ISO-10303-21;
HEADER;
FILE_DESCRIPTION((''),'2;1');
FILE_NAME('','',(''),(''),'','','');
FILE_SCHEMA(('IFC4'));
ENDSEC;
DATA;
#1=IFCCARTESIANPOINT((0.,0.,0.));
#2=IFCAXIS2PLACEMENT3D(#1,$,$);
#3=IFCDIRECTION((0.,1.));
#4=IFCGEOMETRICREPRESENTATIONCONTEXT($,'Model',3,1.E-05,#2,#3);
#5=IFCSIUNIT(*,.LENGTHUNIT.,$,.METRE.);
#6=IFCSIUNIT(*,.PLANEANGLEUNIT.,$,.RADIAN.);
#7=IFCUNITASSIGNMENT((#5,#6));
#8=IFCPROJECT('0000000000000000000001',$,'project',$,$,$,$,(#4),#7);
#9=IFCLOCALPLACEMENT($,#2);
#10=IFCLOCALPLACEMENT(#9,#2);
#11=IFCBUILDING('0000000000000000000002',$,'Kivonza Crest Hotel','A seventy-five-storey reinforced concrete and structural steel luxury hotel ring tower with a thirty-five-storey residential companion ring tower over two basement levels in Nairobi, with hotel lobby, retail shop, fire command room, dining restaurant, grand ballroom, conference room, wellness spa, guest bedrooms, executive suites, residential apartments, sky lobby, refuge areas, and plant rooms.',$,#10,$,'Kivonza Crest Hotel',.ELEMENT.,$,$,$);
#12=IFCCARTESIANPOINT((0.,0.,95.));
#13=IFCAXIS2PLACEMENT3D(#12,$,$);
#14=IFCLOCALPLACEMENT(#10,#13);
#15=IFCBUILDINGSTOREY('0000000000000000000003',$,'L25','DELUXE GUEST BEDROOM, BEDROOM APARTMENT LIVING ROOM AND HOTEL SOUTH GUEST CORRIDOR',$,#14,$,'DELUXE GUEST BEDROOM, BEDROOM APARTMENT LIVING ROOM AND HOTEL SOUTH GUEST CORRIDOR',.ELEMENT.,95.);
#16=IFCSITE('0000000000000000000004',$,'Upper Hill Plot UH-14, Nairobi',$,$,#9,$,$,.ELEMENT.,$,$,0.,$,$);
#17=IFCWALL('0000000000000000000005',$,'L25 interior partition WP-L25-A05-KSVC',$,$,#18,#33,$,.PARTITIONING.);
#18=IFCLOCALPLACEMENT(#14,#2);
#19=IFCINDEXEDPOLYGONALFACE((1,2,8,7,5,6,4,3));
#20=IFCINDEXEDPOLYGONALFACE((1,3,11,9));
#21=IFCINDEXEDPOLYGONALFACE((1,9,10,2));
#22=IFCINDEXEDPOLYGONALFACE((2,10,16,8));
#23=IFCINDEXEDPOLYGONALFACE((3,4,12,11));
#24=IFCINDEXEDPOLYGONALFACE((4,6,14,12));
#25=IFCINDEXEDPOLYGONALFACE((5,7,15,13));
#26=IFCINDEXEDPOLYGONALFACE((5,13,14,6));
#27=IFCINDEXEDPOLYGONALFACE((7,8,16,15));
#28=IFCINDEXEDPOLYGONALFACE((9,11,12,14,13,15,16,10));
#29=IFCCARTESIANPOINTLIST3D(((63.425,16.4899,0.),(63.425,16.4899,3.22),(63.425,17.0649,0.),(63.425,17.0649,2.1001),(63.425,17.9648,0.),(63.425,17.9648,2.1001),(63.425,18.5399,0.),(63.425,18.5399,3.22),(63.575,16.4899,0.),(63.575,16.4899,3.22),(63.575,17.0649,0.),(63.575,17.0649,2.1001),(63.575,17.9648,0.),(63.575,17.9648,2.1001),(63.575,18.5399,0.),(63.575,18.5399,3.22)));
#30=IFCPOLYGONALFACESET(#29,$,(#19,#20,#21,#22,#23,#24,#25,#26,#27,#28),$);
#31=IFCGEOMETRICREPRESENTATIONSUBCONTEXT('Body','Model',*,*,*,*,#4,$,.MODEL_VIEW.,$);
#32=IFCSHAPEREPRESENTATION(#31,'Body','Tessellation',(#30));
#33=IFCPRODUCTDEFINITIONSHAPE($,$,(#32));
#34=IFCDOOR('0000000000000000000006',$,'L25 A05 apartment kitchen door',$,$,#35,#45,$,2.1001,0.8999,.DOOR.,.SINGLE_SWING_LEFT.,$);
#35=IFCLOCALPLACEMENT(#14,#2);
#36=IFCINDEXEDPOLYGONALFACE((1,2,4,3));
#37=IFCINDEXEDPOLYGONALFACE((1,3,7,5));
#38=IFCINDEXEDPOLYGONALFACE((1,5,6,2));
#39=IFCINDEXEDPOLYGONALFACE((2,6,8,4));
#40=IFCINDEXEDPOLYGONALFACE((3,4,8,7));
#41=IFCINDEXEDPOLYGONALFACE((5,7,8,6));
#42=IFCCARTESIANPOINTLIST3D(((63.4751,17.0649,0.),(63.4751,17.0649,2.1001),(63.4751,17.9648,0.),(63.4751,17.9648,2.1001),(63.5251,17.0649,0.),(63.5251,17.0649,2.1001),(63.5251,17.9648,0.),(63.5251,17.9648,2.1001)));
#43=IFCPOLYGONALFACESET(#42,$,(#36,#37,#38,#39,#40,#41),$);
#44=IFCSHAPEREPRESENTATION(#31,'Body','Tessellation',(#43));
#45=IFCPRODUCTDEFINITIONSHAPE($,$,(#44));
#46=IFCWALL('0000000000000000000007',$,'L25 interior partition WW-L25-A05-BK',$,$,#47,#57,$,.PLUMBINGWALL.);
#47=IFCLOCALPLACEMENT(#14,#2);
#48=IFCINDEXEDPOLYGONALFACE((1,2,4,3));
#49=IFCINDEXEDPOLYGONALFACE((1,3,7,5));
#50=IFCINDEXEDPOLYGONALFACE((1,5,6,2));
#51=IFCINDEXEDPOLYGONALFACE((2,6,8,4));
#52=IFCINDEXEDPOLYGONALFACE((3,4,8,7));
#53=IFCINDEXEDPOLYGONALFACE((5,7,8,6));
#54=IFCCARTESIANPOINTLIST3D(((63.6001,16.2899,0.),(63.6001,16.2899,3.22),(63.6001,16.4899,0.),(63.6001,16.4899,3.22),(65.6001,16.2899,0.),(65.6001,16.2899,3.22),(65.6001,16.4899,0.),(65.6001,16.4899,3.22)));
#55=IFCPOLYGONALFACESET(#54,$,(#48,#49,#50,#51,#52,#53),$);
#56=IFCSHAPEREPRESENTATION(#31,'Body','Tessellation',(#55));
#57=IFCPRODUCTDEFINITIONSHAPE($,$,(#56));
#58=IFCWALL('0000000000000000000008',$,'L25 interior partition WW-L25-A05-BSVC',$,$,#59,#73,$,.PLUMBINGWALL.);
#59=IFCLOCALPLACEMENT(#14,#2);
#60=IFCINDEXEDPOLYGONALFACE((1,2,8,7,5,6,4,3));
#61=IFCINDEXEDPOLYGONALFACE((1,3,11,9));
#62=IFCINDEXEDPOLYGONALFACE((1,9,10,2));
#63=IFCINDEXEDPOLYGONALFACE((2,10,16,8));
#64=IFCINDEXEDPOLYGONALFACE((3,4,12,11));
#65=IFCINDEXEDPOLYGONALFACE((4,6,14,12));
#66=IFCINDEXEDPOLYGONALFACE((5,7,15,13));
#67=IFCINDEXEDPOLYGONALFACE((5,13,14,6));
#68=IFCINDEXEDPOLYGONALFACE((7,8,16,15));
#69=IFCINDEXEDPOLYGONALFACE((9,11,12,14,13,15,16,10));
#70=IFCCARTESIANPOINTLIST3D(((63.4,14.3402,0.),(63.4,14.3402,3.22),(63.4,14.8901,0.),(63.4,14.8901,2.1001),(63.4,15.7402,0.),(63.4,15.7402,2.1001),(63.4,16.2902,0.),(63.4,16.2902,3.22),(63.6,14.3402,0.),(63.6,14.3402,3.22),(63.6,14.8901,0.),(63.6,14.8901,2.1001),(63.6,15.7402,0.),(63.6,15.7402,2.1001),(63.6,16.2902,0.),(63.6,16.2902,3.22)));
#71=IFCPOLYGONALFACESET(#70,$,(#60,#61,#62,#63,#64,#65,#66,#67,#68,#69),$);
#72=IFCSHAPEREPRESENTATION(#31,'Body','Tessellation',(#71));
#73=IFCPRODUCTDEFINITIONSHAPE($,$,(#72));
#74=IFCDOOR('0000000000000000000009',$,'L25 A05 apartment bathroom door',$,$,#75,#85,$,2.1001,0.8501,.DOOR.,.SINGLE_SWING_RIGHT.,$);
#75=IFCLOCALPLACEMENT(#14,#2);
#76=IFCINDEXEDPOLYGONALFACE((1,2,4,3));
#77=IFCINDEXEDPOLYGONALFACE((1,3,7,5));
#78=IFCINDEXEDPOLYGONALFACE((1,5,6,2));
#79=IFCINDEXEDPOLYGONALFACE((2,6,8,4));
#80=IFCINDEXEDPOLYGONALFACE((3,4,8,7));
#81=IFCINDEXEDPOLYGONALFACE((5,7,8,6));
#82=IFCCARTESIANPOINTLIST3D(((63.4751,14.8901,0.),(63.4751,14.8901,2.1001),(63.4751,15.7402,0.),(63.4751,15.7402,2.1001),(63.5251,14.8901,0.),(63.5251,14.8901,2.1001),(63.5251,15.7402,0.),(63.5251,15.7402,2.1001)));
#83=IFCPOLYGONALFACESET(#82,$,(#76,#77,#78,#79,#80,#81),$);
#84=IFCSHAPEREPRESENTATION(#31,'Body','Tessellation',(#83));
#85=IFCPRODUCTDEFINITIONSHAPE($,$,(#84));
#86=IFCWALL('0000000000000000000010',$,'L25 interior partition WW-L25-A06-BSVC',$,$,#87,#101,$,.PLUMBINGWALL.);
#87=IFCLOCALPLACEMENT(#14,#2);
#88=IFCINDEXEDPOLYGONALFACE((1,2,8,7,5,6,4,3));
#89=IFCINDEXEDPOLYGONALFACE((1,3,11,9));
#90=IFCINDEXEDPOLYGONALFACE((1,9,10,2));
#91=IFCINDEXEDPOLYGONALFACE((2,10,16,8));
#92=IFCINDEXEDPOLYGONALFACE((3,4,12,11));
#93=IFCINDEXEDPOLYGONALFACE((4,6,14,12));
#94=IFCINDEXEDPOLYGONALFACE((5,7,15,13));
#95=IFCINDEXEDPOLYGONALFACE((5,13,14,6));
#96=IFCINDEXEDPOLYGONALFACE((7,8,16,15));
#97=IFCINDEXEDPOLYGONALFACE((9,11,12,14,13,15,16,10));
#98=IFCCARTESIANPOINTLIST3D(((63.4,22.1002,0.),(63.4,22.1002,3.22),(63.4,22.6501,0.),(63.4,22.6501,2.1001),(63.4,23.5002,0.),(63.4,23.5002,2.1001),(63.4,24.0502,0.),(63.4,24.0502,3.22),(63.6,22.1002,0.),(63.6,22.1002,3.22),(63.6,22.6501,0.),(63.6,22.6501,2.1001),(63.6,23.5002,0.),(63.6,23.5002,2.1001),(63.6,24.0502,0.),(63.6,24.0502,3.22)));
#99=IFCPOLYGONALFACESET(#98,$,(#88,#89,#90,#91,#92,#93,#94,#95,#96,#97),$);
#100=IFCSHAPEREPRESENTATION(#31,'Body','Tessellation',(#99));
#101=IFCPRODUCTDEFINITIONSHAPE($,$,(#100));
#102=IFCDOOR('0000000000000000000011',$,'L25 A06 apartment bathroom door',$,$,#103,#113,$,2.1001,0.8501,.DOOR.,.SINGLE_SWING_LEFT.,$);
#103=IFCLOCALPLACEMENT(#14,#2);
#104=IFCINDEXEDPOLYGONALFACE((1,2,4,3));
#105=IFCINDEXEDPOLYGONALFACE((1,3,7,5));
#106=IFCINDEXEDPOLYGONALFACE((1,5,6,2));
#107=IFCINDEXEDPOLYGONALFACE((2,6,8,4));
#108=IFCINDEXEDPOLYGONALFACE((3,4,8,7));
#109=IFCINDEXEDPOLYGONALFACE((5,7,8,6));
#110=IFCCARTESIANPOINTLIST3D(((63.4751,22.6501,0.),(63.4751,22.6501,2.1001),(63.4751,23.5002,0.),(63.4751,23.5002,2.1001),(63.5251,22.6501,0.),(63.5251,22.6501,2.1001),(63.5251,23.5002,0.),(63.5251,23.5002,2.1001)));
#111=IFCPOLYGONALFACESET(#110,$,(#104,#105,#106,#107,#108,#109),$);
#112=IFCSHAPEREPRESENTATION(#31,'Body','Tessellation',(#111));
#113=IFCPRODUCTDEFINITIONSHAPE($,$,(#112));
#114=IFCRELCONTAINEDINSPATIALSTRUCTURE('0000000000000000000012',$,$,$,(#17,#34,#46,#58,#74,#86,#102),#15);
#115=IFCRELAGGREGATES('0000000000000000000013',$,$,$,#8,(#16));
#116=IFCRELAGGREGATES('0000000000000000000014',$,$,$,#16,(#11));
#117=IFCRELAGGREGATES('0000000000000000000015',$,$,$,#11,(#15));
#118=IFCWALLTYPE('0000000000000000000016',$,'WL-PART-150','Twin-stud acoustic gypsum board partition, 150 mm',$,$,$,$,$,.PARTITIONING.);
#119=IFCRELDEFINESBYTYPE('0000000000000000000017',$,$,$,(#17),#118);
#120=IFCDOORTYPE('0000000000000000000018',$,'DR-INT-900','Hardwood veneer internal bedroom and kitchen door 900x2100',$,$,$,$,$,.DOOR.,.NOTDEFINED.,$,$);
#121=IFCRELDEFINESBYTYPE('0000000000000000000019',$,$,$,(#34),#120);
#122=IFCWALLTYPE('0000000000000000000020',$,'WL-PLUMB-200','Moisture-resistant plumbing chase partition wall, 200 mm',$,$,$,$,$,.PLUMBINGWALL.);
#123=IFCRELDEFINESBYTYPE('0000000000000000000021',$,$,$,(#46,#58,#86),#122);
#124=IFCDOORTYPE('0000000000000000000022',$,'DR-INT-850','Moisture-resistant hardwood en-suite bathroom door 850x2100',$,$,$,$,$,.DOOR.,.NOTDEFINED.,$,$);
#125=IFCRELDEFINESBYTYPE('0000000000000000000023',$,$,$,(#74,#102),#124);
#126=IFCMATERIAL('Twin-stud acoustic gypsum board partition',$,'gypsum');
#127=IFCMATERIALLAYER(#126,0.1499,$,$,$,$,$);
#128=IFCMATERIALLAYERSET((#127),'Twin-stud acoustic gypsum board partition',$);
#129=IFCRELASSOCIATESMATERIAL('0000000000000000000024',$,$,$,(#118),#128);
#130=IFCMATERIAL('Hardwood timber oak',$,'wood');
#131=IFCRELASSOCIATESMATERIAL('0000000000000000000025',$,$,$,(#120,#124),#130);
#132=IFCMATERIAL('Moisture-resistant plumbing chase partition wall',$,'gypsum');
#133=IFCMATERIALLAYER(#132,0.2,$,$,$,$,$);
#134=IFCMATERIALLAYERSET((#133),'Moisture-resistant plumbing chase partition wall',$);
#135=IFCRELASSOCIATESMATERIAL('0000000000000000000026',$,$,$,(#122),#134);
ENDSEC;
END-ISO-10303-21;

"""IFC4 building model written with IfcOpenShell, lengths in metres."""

from ifc_helpers import new_model, si_unit, direction, frame, frame_2d, origin, place, context, subcontext, project, spatial, rectangle, extrude, material, layer, layer_set, type_object, element, fill, save


model = new_model("IFC4")

# Units and contexts
model_context = context("Model", 3, precision=1e-05, world=origin(), true_north=direction((0.0, 1.0)))
body_context = subcontext(model_context, "Body", "Model", "MODEL_VIEW")
ifc_project = project(units=[si_unit("LENGTHUNIT", "METRE"), si_unit("PLANEANGLEUNIT", "RADIAN")], contexts=[model_context])

# Site, building, storey
site_placement = place(None, origin())
site = spatial("IfcSite", under=ifc_project, at=site_placement, Name="Upper Hill Plot UH-14, Nairobi", CompositionType="ELEMENT", RefElevation=0.0)
building_placement = place(site_placement, origin())
building = spatial("IfcBuilding", under=site, at=building_placement, Name="Kivonza Crest Hotel", Description="A seventy-five-storey reinforced concrete and structural steel luxury hotel ring tower with a thirty-five-storey residential companion ring tower over two basement levels in Nairobi, with hotel lobby, retail shop, fire command room, dining restaurant, grand ballroom, conference room, wellness spa, guest bedrooms, executive suites, residential apartments, sky lobby, refuge areas, and plant rooms.", LongName="Kivonza Crest Hotel", CompositionType="ELEMENT")
storey_placement = place(building_placement, frame((0.0, 0.0, 95.0)))
storey = spatial("IfcBuildingStorey", under=building, at=storey_placement, Name="L25", Description="DELUXE GUEST BEDROOM, BEDROOM APARTMENT LIVING ROOM AND HOTEL SOUTH GUEST CORRIDOR", LongName="DELUXE GUEST BEDROOM, BEDROOM APARTMENT LIVING ROOM AND HOTEL SOUTH GUEST CORRIDOR", CompositionType="ELEMENT", Elevation=95.0)

# Shared definitions
ifc_material_1 = material(Name="Hardwood timber oak", Category="wood")

# Shared definitions
ifc_material_2 = material(Name="Twin-stud acoustic gypsum board partition", Category="gypsum")
ifc_layer_1 = layer(ifc_material_2, 0.1499)
ifc_layer_set_1 = layer_set([ifc_layer_1], Name="Twin-stud acoustic gypsum board partition")
wall_type_1 = type_object("IfcWallType", Name="WL-PART-150", Description="Twin-stud acoustic gypsum board partition, 150 mm", PredefinedType="PARTITIONING", material=ifc_layer_set_1)
door_type_1 = type_object("IfcDoorType", Name="DR-INT-900", Description="Hardwood veneer internal bedroom and kitchen door 900x2100", OperationType="NOTDEFINED", PredefinedType="DOOR", material=ifc_material_1)

# Wall, opening, door
wall_1_placement = place(storey_placement, frame((63.5, 16.49, 0.0), z_axis=(0.0, 0.0, 1.0), x_axis=(0.0, 1.0, 0.0)))
wall_1 = element("IfcWall", 1, at=wall_1_placement, inside=storey, type_object=wall_type_1, Name="L25 interior partition WP-L25-A05-KSVC", PredefinedType="PARTITIONING", context=body_context, shape_type="SweptSolid", body=[
    extrude(rectangle(XDim=2.05, YDim=0.1499, at=frame_2d((1.0249, 0.0))), origin(), (0.0, 0.0, 1.0), 3.22),
])
opening_1_placement = place(wall_1_placement, frame((0.575, 0.0, 0.0)))
opening_1 = element("IfcOpeningElement", 2, at=opening_1_placement, cuts=wall_1, PredefinedType="OPENING", context=body_context, shape_type="SweptSolid", body=[
    extrude(rectangle(XDim=0.8999, YDim=2.1001, at=frame_2d((0.45, 1.05))), frame((0.0, 0.085, 0.0), z_axis=(0.0, -1.0, 0.0), x_axis=(1.0, 0.0, 0.0)), (0.0, 0.0, 1.0), 0.1699),
])
door_1_placement = place(opening_1_placement, origin())
door_1 = element("IfcDoor", 3, at=door_1_placement, inside=storey, type_object=door_type_1, Name="L25 A05 apartment kitchen door", OperationType="SINGLE_SWING_LEFT", OverallHeight=2.1001, OverallWidth=0.8999, PredefinedType="DOOR", context=body_context, shape_type="SweptSolid", body=[
    extrude(rectangle(XDim=0.8999, YDim=2.1001, at=frame_2d((0.45, 1.05))), frame((0.0, 0.0249, 0.0), z_axis=(0.0, -1.0, 0.0), x_axis=(1.0, 0.0, 0.0)), (0.0, 0.0, 1.0), 0.05),
])
fill(opening_1, door_1)

# Wall
ifc_material_3 = material(Name="Moisture-resistant plumbing chase partition wall", Category="gypsum")
ifc_layer_2 = layer(ifc_material_3, 0.2)
ifc_layer_set_2 = layer_set([ifc_layer_2], Name="Moisture-resistant plumbing chase partition wall")
wall_type_2 = type_object("IfcWallType", Name="WL-PLUMB-200", Description="Moisture-resistant plumbing chase partition wall, 200 mm", PredefinedType="PLUMBINGWALL", material=ifc_layer_set_2)
wall_2_placement = place(storey_placement, frame((63.6001, 16.3899, 0.0), z_axis=(0.0, 0.0, 1.0), x_axis=(1.0, 0.0, 0.0)))
element("IfcWall", 4, at=wall_2_placement, inside=storey, type_object=wall_type_2, Name="L25 interior partition WW-L25-A05-BK", PredefinedType="PLUMBINGWALL", context=body_context, shape_type="SweptSolid", body=[
    extrude(rectangle(XDim=2.0, YDim=0.2, at=frame_2d((1.0, 0.0))), origin(), (0.0, 0.0, 1.0), 3.22),
])

# Walls, openings, doors
wall_3_placement = place(storey_placement, frame((63.5, 14.3401, 0.0), z_axis=(0.0, 0.0, 1.0), x_axis=(0.0, 1.0, 0.0)))
wall_3 = element("IfcWall", 5, at=wall_3_placement, inside=storey, type_object=wall_type_2, Name="L25 interior partition WW-L25-A05-BSVC", PredefinedType="PLUMBINGWALL", context=body_context, shape_type="SweptSolid", body=[
    extrude(rectangle(XDim=1.95, YDim=0.2, at=frame_2d((0.9751, 0.0))), origin(), (0.0, 0.0, 1.0), 3.22),
])
opening_2_placement = place(wall_3_placement, frame((0.55, 0.0, 0.0)))
opening_2 = element("IfcOpeningElement", 6, at=opening_2_placement, cuts=wall_3, PredefinedType="OPENING", context=body_context, shape_type="SweptSolid", body=[
    extrude(rectangle(XDim=0.8501, YDim=2.1001, at=frame_2d((0.425, 1.05))), frame((0.0, 0.1099, 0.0), z_axis=(0.0, -1.0, 0.0), x_axis=(1.0, 0.0, 0.0)), (0.0, 0.0, 1.0), 0.22),
])
door_type_2 = type_object("IfcDoorType", Name="DR-INT-850", Description="Moisture-resistant hardwood en-suite bathroom door 850x2100", OperationType="NOTDEFINED", PredefinedType="DOOR", material=ifc_material_1)
door_2_placement = place(opening_2_placement, origin())
door_2 = element("IfcDoor", 7, at=door_2_placement, inside=storey, type_object=door_type_2, Name="L25 A05 apartment bathroom door", OperationType="SINGLE_SWING_RIGHT", OverallHeight=2.1001, OverallWidth=0.8501, PredefinedType="DOOR", context=body_context, shape_type="SweptSolid", body=[
    extrude(rectangle(XDim=0.8501, YDim=2.1001, at=frame_2d((0.425, 1.05))), frame((0.0, 0.0249, 0.0), z_axis=(0.0, -1.0, 0.0), x_axis=(1.0, 0.0, 0.0)), (0.0, 0.0, 1.0), 0.05),
])
fill(opening_2, door_2)
wall_4_placement = place(storey_placement, frame((63.5, 22.1001, 0.0), z_axis=(0.0, 0.0, 1.0), x_axis=(0.0, 1.0, 0.0)))
wall_4 = element("IfcWall", 8, at=wall_4_placement, inside=storey, type_object=wall_type_2, Name="L25 interior partition WW-L25-A06-BSVC", PredefinedType="PLUMBINGWALL", context=body_context, shape_type="SweptSolid", body=[
    extrude(rectangle(XDim=1.95, YDim=0.2, at=frame_2d((0.9751, 0.0))), origin(), (0.0, 0.0, 1.0), 3.22),
])
opening_3_placement = place(wall_4_placement, frame((0.55, 0.0, 0.0)))
opening_3 = element("IfcOpeningElement", 9, at=opening_3_placement, cuts=wall_4, PredefinedType="OPENING", context=body_context, shape_type="SweptSolid", body=[
    extrude(rectangle(XDim=0.8501, YDim=2.1001, at=frame_2d((0.425, 1.05))), frame((0.0, 0.1099, 0.0), z_axis=(0.0, -1.0, 0.0), x_axis=(1.0, 0.0, 0.0)), (0.0, 0.0, 1.0), 0.22),
])
door_3_placement = place(opening_3_placement, origin())
door_3 = element("IfcDoor", 10, at=door_3_placement, inside=storey, type_object=door_type_2, Name="L25 A06 apartment bathroom door", OperationType="SINGLE_SWING_LEFT", OverallHeight=2.1001, OverallWidth=0.8501, PredefinedType="DOOR", context=body_context, shape_type="SweptSolid", body=[
    extrude(rectangle(XDim=0.8501, YDim=2.1001, at=frame_2d((0.425, 1.05))), frame((0.0, 0.0249, 0.0), z_axis=(0.0, -1.0, 0.0), x_axis=(1.0, 0.0, 0.0)), (0.0, 0.0, 1.0), 0.05),
])
fill(opening_3, door_3)

save(model, "model.ifc")
